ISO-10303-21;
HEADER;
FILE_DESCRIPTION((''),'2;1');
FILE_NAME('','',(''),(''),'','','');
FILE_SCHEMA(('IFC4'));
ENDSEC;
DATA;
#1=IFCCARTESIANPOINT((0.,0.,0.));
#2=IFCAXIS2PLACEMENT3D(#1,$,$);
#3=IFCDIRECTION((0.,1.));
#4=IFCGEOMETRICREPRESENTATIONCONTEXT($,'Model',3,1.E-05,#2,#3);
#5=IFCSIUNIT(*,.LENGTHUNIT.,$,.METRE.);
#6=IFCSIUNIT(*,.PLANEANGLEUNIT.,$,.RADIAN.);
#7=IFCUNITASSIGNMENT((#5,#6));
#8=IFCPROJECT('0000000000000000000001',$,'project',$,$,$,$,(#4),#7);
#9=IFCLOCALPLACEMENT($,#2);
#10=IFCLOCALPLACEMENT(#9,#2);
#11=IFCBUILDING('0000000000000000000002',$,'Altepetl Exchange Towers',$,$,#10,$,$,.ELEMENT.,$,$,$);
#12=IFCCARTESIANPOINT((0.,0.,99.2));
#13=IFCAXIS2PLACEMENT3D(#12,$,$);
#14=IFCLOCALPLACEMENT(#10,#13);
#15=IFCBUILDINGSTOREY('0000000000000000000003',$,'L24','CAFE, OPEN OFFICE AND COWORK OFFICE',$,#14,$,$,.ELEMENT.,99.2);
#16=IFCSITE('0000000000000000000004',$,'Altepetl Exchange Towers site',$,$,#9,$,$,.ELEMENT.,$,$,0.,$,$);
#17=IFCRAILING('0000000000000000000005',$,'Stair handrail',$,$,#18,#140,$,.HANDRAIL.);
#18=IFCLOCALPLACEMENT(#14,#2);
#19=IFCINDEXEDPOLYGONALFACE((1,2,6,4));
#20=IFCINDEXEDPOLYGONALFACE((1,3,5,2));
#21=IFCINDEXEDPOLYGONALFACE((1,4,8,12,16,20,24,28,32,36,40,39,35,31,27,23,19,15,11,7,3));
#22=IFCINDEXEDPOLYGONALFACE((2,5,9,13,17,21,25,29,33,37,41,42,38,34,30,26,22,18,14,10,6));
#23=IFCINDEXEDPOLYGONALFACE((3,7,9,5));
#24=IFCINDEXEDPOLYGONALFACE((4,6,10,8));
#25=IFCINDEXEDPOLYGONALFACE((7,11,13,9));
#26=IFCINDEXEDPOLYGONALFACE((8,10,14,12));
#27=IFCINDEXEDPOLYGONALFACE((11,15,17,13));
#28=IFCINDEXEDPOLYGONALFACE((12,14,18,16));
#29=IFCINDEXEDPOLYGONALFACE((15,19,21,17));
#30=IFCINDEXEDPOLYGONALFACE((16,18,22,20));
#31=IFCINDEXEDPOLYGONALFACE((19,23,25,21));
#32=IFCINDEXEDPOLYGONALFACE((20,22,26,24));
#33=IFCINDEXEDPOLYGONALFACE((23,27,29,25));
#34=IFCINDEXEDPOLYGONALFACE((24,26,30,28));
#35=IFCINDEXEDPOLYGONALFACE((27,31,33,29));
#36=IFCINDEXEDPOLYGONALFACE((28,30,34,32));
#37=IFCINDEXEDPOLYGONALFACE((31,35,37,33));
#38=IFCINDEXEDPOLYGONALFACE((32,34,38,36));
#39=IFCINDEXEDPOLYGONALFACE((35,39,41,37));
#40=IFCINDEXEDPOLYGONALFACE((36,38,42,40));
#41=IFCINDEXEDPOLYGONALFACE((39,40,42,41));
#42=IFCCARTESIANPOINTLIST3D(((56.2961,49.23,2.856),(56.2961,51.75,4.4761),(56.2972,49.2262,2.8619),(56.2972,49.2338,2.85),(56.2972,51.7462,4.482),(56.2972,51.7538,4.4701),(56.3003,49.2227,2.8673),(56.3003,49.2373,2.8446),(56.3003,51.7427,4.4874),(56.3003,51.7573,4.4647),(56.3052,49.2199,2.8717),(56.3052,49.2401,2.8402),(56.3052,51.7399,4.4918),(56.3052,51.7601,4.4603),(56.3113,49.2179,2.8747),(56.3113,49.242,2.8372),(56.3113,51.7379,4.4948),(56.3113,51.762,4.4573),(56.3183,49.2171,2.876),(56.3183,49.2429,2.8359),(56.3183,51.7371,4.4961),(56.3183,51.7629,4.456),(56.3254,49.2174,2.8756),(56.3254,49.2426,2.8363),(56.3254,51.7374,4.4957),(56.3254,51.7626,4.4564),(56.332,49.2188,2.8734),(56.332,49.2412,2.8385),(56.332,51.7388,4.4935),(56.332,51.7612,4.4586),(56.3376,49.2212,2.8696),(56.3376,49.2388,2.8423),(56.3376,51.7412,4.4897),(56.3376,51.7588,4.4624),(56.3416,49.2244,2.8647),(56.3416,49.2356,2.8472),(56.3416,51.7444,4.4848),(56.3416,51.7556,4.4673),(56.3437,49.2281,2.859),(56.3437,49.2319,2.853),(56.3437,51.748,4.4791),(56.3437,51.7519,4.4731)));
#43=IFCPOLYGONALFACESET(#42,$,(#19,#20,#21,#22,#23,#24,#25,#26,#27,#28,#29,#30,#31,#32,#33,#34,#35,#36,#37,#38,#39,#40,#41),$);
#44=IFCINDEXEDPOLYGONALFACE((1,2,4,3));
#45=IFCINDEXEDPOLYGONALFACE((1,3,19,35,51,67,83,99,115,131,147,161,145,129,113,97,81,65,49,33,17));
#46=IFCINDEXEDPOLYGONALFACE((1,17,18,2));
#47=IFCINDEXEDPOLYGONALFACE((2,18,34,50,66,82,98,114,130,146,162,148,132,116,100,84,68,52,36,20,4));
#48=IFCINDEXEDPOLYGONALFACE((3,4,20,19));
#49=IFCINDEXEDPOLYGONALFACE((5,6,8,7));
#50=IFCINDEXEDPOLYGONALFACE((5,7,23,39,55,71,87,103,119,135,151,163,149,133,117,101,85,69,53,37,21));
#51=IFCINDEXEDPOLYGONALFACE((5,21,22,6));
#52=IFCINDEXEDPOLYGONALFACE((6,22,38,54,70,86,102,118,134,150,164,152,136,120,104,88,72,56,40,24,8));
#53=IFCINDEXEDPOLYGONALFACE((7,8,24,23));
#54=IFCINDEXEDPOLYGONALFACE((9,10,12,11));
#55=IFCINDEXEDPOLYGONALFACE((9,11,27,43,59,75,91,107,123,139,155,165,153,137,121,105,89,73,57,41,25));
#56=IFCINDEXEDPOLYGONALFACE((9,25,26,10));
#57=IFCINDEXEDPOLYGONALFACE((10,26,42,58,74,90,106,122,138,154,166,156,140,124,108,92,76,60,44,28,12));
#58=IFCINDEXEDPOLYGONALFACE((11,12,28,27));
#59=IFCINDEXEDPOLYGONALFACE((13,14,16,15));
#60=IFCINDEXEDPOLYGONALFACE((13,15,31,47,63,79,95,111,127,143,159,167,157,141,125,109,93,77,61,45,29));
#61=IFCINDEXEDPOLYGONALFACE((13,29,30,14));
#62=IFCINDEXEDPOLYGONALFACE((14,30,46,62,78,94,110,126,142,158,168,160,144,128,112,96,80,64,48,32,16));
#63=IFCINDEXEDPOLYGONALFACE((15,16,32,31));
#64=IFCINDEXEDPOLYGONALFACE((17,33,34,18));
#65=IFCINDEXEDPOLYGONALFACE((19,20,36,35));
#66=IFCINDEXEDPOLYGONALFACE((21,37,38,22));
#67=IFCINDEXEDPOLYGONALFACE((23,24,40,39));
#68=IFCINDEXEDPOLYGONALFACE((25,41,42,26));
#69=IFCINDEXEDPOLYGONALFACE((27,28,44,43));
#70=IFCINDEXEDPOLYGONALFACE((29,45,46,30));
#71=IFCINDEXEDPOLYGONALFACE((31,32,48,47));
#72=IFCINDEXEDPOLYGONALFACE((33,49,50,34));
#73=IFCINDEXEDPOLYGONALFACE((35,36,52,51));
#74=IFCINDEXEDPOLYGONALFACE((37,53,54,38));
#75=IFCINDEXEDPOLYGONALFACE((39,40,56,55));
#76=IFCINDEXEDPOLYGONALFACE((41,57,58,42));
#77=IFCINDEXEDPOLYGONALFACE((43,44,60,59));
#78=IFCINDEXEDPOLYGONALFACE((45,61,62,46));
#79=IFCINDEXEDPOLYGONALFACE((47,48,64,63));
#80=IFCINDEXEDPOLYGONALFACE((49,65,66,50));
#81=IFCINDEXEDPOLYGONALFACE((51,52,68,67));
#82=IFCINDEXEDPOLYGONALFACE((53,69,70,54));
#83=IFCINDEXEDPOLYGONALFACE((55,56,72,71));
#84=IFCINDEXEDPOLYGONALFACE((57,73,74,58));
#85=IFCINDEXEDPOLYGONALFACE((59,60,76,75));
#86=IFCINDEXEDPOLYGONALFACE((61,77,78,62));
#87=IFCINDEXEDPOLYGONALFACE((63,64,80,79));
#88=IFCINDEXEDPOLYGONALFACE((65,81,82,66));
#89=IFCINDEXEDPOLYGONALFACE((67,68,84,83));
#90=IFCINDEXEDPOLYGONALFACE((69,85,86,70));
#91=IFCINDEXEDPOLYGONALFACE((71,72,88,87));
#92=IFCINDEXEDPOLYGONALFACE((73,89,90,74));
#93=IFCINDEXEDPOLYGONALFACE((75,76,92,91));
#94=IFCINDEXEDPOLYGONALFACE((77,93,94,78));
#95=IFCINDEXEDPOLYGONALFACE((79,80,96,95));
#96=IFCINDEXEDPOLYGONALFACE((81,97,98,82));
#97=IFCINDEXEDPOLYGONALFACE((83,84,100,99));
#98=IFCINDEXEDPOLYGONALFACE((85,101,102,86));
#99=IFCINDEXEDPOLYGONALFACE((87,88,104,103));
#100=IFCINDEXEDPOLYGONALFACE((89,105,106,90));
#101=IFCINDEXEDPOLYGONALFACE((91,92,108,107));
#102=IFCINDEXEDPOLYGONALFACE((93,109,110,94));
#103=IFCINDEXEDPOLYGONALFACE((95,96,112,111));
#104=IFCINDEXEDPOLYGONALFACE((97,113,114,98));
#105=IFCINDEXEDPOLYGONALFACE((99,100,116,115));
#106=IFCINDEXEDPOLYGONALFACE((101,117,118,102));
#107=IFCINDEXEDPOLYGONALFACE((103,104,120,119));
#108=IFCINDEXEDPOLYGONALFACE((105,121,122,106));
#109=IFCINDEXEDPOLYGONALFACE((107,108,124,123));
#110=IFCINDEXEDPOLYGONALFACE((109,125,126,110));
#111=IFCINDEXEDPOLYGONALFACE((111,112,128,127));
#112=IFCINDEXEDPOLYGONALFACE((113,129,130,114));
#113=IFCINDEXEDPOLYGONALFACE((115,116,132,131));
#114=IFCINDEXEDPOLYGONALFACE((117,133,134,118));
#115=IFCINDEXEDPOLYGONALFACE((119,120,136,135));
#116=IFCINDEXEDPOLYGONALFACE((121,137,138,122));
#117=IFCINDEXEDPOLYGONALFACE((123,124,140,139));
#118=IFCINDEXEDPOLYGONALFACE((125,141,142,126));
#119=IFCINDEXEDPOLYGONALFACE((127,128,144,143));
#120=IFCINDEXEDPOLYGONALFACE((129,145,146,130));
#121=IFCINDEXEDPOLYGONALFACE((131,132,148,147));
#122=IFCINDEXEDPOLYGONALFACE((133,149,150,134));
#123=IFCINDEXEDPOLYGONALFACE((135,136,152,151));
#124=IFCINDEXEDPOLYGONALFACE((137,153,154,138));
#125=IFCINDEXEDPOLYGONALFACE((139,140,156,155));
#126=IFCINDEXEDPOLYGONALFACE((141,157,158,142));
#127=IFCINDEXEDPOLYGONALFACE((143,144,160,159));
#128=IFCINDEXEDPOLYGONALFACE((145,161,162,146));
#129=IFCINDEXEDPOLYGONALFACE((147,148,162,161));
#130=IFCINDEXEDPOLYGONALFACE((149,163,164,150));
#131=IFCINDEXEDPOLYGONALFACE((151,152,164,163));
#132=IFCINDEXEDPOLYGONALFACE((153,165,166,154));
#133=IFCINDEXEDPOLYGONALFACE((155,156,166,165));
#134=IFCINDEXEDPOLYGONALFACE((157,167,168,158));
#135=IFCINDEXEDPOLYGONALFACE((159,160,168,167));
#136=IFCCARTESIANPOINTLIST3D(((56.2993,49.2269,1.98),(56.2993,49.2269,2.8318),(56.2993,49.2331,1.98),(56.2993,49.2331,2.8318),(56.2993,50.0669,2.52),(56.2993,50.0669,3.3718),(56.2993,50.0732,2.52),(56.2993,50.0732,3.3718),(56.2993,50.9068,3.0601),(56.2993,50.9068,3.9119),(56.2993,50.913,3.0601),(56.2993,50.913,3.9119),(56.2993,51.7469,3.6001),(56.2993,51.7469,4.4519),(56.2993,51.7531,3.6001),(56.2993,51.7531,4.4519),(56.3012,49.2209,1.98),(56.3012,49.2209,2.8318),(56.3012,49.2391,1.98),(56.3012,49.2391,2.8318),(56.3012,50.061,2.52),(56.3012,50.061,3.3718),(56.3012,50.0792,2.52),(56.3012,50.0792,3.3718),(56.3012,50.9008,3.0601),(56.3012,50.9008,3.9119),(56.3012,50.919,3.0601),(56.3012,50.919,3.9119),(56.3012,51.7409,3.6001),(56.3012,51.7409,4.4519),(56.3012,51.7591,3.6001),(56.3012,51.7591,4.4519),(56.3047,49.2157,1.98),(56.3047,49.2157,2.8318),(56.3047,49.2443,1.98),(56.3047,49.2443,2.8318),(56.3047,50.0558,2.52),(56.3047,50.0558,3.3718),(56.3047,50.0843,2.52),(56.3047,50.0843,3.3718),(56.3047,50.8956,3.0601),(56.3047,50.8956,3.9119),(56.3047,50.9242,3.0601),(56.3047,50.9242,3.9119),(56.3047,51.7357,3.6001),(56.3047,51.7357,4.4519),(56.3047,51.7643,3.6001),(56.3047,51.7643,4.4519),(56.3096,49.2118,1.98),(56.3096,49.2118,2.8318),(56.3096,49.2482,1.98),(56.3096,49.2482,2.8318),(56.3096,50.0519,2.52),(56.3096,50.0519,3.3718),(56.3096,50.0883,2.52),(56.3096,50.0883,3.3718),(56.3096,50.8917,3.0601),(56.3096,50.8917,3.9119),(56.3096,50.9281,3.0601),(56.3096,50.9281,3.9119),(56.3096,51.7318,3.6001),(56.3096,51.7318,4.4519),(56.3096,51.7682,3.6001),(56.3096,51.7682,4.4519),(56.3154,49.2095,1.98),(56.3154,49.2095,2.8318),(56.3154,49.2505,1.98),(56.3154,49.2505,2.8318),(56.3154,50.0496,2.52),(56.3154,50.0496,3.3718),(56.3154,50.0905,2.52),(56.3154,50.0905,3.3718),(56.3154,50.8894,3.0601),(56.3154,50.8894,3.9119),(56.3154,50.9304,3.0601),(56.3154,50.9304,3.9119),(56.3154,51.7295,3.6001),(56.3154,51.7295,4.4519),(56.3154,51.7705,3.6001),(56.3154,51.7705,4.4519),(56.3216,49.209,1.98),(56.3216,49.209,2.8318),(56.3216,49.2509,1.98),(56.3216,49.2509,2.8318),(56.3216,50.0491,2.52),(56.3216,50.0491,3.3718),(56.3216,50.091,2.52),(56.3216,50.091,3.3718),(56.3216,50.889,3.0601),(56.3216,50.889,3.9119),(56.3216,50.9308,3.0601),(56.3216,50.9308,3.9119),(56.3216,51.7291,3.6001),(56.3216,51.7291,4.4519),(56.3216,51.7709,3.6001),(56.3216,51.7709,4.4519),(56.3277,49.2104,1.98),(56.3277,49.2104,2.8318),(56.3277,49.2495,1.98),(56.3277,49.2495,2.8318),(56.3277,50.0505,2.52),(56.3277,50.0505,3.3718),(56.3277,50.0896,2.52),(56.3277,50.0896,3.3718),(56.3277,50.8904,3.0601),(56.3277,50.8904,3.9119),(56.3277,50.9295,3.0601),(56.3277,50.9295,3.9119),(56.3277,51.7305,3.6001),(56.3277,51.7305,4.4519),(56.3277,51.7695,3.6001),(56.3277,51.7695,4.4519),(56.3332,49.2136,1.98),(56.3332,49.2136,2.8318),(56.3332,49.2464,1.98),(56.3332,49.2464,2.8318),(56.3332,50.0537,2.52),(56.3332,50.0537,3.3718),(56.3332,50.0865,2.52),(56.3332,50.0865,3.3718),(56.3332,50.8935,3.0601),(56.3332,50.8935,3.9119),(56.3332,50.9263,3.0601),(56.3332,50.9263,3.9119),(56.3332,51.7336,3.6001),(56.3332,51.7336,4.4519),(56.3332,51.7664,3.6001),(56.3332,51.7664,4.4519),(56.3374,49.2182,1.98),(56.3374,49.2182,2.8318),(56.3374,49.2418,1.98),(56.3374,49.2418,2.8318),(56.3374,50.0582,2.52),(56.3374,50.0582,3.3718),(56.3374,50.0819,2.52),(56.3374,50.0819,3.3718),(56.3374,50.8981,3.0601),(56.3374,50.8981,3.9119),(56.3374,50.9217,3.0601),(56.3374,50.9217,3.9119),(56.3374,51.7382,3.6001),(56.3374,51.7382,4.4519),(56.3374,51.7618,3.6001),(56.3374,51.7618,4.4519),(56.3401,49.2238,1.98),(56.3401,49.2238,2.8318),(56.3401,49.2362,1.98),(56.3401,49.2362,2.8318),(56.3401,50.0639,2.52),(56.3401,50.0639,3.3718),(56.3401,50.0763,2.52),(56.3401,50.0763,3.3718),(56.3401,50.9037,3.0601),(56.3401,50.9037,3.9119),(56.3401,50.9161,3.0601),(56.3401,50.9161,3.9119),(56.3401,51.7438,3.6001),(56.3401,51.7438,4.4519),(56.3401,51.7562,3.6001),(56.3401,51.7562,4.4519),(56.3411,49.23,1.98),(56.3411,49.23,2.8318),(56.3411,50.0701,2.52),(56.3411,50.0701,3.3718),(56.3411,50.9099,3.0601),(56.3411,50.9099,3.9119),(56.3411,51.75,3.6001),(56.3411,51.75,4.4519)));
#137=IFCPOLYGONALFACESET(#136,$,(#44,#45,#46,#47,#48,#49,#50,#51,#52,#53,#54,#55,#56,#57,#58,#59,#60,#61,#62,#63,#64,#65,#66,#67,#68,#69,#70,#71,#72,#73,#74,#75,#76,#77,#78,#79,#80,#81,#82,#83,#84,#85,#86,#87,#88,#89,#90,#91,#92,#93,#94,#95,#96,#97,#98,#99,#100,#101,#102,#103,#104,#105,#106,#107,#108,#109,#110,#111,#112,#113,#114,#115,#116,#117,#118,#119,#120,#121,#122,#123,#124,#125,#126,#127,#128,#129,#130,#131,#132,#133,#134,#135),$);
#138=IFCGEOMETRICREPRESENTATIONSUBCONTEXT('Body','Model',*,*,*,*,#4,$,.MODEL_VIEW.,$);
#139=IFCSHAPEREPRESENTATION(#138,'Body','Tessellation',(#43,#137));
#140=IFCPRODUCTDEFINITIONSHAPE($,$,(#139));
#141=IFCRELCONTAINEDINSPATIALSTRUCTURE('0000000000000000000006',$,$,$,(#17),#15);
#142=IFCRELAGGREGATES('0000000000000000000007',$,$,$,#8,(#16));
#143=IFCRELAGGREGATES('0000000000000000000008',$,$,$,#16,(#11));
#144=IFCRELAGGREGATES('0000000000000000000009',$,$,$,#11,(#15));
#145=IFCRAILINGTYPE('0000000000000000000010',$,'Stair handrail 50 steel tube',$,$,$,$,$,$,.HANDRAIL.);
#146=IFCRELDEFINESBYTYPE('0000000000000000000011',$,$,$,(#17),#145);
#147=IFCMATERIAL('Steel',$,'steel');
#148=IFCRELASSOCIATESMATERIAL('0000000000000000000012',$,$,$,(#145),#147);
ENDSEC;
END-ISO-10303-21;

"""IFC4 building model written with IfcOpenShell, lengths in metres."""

from ifc_helpers import new_model, si_unit, direction, frame, origin, origin_2d, place, context, subcontext, project, spatial, circle, extrude, source, transform, mapped, material, type_object, element, save


model = new_model("IFC4")

# Units and contexts
model_context = context("Model", 3, precision=1e-05, world=origin(), true_north=direction((0.0, 1.0)))
body_context = subcontext(model_context, "Body", "Model", "MODEL_VIEW")
ifc_project = project(units=[si_unit("LENGTHUNIT", "METRE"), si_unit("PLANEANGLEUNIT", "RADIAN")], contexts=[model_context])

# Site, building, storey
site_placement = place(None, origin())
site = spatial("IfcSite", under=ifc_project, at=site_placement, Name="Altepetl Exchange Towers site", CompositionType="ELEMENT", RefElevation=0.0)
building_placement = place(site_placement, origin())
building = spatial("IfcBuilding", under=site, at=building_placement, Name="Altepetl Exchange Towers", CompositionType="ELEMENT")
storey_placement = place(building_placement, frame((0.0, 0.0, 99.2)))
storey = spatial("IfcBuildingStorey", under=building, at=storey_placement, Name="L24", Description="CAFE, OPEN OFFICE AND COWORK OFFICE", CompositionType="ELEMENT", Elevation=99.2)

# Railing
ifc_material_1 = material(Name="Steel", Category="steel")
railing_type = type_object("IfcRailingType", Name="Stair handrail 50 steel tube", PredefinedType="HANDRAIL", material=ifc_material_1)
shared_shape = source(origin(), body_context, "Body", "SweptSolid", [
    extrude(circle(Radius=0.021, at=origin_2d()), origin(), (0.0, 0.0, 1.0), 0.8518),
])
railing_1_placement = place(storey_placement, frame((56.3201, 49.23, 1.98)))
element("IfcRailing", 1, at=railing_1_placement, inside=storey, type_object=railing_type, Name="Stair handrail", PredefinedType="HANDRAIL", context=body_context, shape_type="SweptSolid", body=[
    extrude(circle(Radius=0.0239, at=origin_2d()), frame((0.0, 0.0, 0.876), z_axis=(0.0, 0.841163, 0.540782), x_axis=(-1.0, 0.0, 0.0)), (0.0, 0.0, 1.0), 2.9958),
    mapped(shared_shape, transform((0.0, 0.0, 0.0))),
    mapped(shared_shape, transform((0.0, 0.8401, 0.54))),
    mapped(shared_shape, transform((0.0, 1.6799, 1.0801))),
    mapped(shared_shape, transform((0.0, 2.52, 1.6201))),
])

save(model, "model.ifc")
